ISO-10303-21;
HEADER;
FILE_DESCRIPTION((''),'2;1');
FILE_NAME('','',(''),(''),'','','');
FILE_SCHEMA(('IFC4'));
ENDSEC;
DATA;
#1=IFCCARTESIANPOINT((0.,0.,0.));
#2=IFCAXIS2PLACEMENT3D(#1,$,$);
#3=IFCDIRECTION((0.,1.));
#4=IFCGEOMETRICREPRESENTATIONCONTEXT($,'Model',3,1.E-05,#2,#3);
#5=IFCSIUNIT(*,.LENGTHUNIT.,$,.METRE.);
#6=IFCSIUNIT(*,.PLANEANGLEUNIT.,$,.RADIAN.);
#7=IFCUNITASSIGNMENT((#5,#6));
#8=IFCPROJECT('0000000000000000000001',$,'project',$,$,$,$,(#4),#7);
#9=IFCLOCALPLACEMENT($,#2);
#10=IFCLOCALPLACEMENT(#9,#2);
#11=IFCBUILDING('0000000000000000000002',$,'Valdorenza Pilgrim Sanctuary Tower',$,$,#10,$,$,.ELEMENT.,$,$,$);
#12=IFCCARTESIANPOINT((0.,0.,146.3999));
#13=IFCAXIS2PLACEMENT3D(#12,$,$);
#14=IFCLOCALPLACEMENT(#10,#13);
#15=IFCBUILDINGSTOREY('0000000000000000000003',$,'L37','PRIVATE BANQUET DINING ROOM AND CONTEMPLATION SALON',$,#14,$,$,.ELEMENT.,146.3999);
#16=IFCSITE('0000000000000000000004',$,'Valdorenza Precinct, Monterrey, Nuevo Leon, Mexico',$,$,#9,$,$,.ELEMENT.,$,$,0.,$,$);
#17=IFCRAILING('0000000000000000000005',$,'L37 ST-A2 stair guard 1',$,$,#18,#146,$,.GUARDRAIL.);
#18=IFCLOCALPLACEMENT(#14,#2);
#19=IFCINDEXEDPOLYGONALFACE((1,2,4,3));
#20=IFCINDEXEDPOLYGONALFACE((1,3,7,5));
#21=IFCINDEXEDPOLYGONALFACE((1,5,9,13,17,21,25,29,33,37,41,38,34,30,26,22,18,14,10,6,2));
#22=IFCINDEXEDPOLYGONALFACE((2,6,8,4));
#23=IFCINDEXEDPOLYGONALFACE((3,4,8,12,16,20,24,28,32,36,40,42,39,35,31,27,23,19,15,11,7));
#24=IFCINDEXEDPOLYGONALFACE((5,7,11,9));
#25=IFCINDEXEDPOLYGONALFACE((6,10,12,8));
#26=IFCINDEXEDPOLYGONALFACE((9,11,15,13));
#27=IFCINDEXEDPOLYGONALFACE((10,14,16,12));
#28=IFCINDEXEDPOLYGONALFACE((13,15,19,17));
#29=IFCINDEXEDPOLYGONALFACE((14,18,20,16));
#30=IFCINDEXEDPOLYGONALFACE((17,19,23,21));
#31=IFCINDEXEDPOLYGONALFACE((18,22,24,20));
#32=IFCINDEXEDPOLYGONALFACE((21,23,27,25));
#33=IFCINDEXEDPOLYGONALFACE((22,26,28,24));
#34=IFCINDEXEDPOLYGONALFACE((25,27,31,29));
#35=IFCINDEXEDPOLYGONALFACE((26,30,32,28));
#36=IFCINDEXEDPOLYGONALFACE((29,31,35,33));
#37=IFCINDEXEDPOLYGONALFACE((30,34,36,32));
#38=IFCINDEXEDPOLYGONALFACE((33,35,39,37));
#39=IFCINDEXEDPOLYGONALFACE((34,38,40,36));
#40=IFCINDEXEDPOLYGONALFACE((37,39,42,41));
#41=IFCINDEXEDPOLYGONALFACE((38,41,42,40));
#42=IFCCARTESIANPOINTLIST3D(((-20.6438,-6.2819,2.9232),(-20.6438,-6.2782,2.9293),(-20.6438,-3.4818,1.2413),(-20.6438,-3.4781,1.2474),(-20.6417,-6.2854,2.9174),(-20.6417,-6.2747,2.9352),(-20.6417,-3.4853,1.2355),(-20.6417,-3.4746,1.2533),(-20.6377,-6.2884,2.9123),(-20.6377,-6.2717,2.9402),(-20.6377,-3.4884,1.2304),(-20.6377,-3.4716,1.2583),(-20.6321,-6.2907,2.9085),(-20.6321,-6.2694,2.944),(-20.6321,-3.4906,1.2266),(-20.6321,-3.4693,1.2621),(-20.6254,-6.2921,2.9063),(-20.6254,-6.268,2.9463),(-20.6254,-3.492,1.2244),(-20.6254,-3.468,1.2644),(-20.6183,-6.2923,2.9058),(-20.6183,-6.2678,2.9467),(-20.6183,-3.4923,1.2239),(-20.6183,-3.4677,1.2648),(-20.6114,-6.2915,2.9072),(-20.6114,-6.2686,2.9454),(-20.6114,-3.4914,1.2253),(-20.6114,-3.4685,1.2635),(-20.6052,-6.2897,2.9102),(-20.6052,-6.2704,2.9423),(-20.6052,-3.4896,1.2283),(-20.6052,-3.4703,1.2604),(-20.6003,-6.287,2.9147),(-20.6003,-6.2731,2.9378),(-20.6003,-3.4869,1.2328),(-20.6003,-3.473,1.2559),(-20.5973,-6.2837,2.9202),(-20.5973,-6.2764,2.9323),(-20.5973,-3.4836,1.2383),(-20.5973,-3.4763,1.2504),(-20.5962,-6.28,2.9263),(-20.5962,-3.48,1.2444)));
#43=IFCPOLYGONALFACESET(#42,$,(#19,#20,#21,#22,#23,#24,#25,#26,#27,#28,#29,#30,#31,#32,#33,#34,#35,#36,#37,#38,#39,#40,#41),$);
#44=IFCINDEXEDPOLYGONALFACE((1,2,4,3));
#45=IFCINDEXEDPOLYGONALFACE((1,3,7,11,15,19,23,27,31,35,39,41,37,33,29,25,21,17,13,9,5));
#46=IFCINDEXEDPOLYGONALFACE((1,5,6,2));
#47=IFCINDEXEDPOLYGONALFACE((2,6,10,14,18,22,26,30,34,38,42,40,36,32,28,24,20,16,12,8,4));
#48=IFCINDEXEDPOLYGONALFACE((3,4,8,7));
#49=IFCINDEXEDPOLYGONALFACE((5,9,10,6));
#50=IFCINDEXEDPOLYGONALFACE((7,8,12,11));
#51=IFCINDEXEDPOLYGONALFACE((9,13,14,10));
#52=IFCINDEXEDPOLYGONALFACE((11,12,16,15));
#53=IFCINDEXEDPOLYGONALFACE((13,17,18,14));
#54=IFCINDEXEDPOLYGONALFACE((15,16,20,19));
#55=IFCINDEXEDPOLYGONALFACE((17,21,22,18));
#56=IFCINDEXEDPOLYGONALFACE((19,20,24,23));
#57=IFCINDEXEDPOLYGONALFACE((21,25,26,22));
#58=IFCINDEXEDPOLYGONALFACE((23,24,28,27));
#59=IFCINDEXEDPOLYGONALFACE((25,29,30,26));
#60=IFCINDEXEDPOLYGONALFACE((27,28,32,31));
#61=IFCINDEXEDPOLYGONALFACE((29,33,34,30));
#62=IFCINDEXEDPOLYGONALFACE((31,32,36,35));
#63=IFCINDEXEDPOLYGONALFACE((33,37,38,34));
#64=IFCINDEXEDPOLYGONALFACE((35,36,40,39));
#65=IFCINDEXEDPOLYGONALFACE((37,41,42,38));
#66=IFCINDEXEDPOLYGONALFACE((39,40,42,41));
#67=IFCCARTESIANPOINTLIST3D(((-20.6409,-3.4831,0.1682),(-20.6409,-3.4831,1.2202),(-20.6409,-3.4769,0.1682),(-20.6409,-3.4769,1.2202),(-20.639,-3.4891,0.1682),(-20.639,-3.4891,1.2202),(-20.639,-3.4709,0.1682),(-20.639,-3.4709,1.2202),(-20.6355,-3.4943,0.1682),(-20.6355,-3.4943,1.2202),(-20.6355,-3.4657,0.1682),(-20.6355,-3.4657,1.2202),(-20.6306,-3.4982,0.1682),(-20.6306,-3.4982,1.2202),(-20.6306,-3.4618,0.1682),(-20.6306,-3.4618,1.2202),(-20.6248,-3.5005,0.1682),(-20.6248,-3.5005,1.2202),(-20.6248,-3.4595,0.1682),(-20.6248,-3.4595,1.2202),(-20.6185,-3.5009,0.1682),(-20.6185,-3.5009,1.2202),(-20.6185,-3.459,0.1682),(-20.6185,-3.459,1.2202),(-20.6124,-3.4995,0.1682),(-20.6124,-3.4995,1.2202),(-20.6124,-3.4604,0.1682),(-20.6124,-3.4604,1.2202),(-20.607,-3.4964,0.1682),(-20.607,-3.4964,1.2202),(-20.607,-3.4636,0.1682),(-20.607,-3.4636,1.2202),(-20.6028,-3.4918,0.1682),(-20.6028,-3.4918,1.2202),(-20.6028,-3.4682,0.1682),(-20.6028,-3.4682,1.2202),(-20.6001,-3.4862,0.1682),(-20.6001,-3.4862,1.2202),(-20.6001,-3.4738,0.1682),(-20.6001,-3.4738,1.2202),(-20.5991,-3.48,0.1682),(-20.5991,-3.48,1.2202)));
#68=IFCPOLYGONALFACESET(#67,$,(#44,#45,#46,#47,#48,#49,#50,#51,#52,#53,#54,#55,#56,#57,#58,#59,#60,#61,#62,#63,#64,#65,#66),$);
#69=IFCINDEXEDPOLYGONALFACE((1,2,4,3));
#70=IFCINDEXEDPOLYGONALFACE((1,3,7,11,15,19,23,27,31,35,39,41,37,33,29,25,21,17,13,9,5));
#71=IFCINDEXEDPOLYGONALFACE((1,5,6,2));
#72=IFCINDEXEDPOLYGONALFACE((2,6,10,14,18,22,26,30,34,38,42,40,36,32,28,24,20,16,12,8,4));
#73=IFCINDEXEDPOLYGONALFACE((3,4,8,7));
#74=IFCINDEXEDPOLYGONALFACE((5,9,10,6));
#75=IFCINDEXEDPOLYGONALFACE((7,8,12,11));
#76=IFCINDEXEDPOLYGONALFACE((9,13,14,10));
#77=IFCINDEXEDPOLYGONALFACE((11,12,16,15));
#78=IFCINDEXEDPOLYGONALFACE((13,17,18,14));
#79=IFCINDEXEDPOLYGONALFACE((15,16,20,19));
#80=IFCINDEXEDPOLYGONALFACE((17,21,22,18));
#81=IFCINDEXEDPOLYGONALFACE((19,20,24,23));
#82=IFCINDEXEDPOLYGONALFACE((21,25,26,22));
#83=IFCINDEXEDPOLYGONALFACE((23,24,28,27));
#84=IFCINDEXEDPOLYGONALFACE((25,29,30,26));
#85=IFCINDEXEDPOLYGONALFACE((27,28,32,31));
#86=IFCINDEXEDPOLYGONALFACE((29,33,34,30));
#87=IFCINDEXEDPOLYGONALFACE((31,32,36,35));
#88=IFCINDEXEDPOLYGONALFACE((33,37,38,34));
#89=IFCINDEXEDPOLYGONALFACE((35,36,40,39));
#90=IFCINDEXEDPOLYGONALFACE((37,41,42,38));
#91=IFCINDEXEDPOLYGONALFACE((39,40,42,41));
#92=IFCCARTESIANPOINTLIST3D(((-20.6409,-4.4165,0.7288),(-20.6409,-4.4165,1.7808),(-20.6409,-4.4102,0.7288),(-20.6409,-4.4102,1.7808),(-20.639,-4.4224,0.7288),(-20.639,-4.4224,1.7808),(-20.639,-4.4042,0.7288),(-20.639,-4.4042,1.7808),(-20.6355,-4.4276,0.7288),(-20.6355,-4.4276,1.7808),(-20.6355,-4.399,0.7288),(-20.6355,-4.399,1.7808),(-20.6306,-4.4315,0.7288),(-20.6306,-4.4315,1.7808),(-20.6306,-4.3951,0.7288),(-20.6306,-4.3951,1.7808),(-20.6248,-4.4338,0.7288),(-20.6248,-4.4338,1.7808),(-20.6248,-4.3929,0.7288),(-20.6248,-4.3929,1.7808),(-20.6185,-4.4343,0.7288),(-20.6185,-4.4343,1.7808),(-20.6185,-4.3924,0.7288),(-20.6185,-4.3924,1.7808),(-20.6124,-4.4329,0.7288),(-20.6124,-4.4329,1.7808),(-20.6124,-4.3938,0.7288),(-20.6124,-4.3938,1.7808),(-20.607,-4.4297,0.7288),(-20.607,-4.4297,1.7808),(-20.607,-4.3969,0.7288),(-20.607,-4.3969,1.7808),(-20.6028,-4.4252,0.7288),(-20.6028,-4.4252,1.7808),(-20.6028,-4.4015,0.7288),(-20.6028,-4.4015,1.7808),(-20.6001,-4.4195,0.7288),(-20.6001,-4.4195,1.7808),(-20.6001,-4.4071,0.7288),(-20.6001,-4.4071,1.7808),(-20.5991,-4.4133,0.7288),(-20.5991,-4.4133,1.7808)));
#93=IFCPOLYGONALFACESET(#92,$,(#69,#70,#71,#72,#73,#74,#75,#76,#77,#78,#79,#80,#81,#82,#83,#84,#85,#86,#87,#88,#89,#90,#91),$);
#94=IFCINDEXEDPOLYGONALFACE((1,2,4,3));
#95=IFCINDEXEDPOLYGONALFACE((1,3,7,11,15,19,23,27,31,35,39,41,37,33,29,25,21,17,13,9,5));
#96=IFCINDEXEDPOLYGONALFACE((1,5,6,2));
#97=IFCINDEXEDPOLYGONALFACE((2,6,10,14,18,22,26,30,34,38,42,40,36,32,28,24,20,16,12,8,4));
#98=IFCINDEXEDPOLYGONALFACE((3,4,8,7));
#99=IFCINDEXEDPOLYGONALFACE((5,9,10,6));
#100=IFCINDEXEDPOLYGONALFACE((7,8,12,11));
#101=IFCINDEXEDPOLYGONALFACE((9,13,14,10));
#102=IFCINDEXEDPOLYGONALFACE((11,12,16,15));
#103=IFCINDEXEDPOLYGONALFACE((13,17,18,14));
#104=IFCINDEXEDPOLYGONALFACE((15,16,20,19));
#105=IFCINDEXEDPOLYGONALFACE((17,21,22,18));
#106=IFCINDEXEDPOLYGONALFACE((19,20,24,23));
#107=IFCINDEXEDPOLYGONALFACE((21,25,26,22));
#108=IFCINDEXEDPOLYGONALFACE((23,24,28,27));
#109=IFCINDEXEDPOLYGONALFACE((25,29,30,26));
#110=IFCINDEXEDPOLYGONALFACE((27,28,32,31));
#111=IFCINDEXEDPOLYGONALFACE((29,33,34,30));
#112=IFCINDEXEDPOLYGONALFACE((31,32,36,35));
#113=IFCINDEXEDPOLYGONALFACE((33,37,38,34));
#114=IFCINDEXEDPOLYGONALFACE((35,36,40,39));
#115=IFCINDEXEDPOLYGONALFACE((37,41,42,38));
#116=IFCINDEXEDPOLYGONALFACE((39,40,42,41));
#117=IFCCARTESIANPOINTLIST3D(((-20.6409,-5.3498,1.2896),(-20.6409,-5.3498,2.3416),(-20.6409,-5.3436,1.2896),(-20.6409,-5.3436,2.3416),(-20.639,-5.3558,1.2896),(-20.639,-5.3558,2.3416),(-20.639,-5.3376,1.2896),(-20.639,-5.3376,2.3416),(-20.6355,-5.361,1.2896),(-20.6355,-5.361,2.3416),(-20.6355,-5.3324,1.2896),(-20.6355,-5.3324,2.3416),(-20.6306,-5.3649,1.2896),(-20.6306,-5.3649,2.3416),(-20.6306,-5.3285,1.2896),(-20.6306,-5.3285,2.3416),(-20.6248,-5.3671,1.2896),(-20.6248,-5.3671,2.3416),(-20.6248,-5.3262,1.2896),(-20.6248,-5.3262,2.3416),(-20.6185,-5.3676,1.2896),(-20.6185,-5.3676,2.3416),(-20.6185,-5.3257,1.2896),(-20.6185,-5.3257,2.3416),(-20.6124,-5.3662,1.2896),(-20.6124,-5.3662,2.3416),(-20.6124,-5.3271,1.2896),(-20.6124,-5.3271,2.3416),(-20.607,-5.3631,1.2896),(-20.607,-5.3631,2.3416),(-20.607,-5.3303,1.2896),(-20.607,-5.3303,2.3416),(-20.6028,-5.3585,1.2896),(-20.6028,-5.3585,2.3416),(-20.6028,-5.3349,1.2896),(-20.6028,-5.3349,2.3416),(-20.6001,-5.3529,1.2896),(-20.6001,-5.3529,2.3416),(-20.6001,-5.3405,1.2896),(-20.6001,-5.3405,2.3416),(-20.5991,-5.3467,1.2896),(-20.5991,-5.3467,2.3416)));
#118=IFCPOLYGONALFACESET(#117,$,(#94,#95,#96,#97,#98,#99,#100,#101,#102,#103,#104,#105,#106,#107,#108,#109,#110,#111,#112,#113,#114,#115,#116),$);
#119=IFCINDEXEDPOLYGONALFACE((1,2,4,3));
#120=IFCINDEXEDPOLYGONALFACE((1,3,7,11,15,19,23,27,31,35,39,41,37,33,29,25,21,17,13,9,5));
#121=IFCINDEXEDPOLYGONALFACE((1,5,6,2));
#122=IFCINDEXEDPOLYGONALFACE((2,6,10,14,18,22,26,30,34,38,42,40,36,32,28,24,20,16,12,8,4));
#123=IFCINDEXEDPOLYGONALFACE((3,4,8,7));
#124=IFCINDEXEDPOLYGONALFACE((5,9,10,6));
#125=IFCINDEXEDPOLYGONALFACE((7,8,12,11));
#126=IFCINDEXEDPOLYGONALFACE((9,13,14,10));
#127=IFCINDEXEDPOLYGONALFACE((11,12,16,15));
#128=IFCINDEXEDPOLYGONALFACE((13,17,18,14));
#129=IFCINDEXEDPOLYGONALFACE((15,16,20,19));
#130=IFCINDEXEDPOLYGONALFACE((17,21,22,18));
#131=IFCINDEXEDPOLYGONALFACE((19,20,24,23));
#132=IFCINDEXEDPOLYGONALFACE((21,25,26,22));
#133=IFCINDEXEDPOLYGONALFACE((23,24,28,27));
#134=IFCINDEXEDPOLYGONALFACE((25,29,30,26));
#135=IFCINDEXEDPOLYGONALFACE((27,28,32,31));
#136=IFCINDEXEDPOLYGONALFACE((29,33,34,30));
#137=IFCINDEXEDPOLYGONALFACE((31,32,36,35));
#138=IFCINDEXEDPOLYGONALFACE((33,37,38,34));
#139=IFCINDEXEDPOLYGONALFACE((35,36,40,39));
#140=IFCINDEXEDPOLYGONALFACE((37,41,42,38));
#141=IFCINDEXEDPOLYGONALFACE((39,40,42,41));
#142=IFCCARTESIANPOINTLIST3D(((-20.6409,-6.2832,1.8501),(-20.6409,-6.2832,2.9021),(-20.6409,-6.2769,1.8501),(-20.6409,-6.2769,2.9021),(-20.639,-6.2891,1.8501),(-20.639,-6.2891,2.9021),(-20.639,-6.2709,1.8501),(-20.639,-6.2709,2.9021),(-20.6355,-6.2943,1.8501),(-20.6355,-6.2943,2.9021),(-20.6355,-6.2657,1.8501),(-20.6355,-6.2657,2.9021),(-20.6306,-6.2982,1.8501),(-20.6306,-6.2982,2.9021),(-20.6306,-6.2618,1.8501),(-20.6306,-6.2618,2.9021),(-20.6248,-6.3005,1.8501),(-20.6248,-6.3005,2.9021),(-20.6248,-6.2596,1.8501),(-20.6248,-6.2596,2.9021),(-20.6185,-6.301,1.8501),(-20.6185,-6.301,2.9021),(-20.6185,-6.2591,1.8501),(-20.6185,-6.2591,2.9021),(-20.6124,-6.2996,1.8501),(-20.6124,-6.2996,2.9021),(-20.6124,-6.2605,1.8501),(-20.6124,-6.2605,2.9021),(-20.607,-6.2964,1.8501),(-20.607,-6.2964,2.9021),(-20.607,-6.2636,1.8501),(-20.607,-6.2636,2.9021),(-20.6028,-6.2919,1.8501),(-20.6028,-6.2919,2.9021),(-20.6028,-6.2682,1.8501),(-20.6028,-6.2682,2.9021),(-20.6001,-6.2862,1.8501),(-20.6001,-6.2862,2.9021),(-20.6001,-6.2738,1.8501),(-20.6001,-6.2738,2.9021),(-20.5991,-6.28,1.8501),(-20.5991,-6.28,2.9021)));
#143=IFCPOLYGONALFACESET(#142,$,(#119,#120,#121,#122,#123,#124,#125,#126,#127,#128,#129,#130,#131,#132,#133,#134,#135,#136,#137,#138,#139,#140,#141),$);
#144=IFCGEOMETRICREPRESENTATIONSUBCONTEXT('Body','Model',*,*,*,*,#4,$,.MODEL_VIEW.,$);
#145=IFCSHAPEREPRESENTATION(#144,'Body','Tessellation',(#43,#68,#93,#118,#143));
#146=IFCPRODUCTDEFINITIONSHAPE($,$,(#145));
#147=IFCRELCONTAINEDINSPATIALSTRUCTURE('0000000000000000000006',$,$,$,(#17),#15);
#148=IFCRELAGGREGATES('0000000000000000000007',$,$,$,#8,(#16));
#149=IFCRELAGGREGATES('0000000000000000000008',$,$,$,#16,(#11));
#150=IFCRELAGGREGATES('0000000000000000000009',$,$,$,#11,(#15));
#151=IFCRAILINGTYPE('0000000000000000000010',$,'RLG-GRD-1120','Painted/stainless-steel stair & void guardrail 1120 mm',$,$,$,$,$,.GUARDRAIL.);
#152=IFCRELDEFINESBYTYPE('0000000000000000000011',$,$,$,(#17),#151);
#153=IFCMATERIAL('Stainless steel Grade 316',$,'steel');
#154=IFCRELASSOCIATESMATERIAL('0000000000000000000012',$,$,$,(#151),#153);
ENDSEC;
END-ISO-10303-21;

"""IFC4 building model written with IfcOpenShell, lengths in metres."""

from ifc_helpers import new_model, si_unit, direction, frame, origin, origin_2d, place, context, subcontext, project, spatial, circle, extrude, material, type_object, element, save


model = new_model("IFC4")

# Units and contexts
model_context = context("Model", 3, precision=1e-05, world=origin(), true_north=direction((0.0, 1.0)))
body_context = subcontext(model_context, "Body", "Model", "MODEL_VIEW")
ifc_project = project(units=[si_unit("LENGTHUNIT", "METRE"), si_unit("PLANEANGLEUNIT", "RADIAN")], contexts=[model_context])

# Site, building, storey
site_placement = place(None, origin())
site = spatial("IfcSite", under=ifc_project, at=site_placement, Name="Valdorenza Precinct, Monterrey, Nuevo Leon, Mexico", CompositionType="ELEMENT", RefElevation=0.0)
building_placement = place(site_placement, origin())
building = spatial("IfcBuilding", under=site, at=building_placement, Name="Valdorenza Pilgrim Sanctuary Tower", CompositionType="ELEMENT")
storey_placement = place(building_placement, frame((0.0, 0.0, 146.3999)))
storey = spatial("IfcBuildingStorey", under=building, at=storey_placement, Name="L37", Description="PRIVATE BANQUET DINING ROOM AND CONTEMPLATION SALON", CompositionType="ELEMENT", Elevation=146.3999)

# Railing
ifc_material_1 = material(Name="Stainless steel Grade 316", Category="steel")
railing_type_1 = type_object("IfcRailingType", Name="RLG-GRD-1120", Description="Painted/stainless-steel stair & void guardrail 1120 mm", PredefinedType="GUARDRAIL", material=ifc_material_1)
railing_1_placement = place(storey_placement, frame((-20.6201, -3.48, 0.1682)))
element("IfcRailing", 1, at=railing_1_placement, inside=storey, type_object=railing_type_1, Name="L37 ST-A2 stair guard 1", PredefinedType="GUARDRAIL", context=body_context, shape_type="SweptSolid", body=[
    extrude(circle(Radius=0.0239, at=origin_2d()), frame((0.0, 0.0, 1.0762), z_axis=(0.0, -0.857242, 0.514913), x_axis=(1.0, 0.0, 0.0)), (0.0, 0.0, 1.0), 3.2664),
    extrude(circle(Radius=0.021, at=origin_2d()), origin(), (0.0, 0.0, 1.0), 1.052),
    extrude(circle(Radius=0.021, at=origin_2d()), frame((0.0, -0.9333, 0.5605)), (0.0, 0.0, 1.0), 1.052),
    extrude(circle(Radius=0.021, at=origin_2d()), frame((0.0, -1.8667, 1.1213)), (0.0, 0.0, 1.0), 1.052),
    extrude(circle(Radius=0.021, at=origin_2d()), frame((0.0, -2.8, 1.6819)), (0.0, 0.0, 1.0), 1.052),
])

save(model, "model.ifc")
